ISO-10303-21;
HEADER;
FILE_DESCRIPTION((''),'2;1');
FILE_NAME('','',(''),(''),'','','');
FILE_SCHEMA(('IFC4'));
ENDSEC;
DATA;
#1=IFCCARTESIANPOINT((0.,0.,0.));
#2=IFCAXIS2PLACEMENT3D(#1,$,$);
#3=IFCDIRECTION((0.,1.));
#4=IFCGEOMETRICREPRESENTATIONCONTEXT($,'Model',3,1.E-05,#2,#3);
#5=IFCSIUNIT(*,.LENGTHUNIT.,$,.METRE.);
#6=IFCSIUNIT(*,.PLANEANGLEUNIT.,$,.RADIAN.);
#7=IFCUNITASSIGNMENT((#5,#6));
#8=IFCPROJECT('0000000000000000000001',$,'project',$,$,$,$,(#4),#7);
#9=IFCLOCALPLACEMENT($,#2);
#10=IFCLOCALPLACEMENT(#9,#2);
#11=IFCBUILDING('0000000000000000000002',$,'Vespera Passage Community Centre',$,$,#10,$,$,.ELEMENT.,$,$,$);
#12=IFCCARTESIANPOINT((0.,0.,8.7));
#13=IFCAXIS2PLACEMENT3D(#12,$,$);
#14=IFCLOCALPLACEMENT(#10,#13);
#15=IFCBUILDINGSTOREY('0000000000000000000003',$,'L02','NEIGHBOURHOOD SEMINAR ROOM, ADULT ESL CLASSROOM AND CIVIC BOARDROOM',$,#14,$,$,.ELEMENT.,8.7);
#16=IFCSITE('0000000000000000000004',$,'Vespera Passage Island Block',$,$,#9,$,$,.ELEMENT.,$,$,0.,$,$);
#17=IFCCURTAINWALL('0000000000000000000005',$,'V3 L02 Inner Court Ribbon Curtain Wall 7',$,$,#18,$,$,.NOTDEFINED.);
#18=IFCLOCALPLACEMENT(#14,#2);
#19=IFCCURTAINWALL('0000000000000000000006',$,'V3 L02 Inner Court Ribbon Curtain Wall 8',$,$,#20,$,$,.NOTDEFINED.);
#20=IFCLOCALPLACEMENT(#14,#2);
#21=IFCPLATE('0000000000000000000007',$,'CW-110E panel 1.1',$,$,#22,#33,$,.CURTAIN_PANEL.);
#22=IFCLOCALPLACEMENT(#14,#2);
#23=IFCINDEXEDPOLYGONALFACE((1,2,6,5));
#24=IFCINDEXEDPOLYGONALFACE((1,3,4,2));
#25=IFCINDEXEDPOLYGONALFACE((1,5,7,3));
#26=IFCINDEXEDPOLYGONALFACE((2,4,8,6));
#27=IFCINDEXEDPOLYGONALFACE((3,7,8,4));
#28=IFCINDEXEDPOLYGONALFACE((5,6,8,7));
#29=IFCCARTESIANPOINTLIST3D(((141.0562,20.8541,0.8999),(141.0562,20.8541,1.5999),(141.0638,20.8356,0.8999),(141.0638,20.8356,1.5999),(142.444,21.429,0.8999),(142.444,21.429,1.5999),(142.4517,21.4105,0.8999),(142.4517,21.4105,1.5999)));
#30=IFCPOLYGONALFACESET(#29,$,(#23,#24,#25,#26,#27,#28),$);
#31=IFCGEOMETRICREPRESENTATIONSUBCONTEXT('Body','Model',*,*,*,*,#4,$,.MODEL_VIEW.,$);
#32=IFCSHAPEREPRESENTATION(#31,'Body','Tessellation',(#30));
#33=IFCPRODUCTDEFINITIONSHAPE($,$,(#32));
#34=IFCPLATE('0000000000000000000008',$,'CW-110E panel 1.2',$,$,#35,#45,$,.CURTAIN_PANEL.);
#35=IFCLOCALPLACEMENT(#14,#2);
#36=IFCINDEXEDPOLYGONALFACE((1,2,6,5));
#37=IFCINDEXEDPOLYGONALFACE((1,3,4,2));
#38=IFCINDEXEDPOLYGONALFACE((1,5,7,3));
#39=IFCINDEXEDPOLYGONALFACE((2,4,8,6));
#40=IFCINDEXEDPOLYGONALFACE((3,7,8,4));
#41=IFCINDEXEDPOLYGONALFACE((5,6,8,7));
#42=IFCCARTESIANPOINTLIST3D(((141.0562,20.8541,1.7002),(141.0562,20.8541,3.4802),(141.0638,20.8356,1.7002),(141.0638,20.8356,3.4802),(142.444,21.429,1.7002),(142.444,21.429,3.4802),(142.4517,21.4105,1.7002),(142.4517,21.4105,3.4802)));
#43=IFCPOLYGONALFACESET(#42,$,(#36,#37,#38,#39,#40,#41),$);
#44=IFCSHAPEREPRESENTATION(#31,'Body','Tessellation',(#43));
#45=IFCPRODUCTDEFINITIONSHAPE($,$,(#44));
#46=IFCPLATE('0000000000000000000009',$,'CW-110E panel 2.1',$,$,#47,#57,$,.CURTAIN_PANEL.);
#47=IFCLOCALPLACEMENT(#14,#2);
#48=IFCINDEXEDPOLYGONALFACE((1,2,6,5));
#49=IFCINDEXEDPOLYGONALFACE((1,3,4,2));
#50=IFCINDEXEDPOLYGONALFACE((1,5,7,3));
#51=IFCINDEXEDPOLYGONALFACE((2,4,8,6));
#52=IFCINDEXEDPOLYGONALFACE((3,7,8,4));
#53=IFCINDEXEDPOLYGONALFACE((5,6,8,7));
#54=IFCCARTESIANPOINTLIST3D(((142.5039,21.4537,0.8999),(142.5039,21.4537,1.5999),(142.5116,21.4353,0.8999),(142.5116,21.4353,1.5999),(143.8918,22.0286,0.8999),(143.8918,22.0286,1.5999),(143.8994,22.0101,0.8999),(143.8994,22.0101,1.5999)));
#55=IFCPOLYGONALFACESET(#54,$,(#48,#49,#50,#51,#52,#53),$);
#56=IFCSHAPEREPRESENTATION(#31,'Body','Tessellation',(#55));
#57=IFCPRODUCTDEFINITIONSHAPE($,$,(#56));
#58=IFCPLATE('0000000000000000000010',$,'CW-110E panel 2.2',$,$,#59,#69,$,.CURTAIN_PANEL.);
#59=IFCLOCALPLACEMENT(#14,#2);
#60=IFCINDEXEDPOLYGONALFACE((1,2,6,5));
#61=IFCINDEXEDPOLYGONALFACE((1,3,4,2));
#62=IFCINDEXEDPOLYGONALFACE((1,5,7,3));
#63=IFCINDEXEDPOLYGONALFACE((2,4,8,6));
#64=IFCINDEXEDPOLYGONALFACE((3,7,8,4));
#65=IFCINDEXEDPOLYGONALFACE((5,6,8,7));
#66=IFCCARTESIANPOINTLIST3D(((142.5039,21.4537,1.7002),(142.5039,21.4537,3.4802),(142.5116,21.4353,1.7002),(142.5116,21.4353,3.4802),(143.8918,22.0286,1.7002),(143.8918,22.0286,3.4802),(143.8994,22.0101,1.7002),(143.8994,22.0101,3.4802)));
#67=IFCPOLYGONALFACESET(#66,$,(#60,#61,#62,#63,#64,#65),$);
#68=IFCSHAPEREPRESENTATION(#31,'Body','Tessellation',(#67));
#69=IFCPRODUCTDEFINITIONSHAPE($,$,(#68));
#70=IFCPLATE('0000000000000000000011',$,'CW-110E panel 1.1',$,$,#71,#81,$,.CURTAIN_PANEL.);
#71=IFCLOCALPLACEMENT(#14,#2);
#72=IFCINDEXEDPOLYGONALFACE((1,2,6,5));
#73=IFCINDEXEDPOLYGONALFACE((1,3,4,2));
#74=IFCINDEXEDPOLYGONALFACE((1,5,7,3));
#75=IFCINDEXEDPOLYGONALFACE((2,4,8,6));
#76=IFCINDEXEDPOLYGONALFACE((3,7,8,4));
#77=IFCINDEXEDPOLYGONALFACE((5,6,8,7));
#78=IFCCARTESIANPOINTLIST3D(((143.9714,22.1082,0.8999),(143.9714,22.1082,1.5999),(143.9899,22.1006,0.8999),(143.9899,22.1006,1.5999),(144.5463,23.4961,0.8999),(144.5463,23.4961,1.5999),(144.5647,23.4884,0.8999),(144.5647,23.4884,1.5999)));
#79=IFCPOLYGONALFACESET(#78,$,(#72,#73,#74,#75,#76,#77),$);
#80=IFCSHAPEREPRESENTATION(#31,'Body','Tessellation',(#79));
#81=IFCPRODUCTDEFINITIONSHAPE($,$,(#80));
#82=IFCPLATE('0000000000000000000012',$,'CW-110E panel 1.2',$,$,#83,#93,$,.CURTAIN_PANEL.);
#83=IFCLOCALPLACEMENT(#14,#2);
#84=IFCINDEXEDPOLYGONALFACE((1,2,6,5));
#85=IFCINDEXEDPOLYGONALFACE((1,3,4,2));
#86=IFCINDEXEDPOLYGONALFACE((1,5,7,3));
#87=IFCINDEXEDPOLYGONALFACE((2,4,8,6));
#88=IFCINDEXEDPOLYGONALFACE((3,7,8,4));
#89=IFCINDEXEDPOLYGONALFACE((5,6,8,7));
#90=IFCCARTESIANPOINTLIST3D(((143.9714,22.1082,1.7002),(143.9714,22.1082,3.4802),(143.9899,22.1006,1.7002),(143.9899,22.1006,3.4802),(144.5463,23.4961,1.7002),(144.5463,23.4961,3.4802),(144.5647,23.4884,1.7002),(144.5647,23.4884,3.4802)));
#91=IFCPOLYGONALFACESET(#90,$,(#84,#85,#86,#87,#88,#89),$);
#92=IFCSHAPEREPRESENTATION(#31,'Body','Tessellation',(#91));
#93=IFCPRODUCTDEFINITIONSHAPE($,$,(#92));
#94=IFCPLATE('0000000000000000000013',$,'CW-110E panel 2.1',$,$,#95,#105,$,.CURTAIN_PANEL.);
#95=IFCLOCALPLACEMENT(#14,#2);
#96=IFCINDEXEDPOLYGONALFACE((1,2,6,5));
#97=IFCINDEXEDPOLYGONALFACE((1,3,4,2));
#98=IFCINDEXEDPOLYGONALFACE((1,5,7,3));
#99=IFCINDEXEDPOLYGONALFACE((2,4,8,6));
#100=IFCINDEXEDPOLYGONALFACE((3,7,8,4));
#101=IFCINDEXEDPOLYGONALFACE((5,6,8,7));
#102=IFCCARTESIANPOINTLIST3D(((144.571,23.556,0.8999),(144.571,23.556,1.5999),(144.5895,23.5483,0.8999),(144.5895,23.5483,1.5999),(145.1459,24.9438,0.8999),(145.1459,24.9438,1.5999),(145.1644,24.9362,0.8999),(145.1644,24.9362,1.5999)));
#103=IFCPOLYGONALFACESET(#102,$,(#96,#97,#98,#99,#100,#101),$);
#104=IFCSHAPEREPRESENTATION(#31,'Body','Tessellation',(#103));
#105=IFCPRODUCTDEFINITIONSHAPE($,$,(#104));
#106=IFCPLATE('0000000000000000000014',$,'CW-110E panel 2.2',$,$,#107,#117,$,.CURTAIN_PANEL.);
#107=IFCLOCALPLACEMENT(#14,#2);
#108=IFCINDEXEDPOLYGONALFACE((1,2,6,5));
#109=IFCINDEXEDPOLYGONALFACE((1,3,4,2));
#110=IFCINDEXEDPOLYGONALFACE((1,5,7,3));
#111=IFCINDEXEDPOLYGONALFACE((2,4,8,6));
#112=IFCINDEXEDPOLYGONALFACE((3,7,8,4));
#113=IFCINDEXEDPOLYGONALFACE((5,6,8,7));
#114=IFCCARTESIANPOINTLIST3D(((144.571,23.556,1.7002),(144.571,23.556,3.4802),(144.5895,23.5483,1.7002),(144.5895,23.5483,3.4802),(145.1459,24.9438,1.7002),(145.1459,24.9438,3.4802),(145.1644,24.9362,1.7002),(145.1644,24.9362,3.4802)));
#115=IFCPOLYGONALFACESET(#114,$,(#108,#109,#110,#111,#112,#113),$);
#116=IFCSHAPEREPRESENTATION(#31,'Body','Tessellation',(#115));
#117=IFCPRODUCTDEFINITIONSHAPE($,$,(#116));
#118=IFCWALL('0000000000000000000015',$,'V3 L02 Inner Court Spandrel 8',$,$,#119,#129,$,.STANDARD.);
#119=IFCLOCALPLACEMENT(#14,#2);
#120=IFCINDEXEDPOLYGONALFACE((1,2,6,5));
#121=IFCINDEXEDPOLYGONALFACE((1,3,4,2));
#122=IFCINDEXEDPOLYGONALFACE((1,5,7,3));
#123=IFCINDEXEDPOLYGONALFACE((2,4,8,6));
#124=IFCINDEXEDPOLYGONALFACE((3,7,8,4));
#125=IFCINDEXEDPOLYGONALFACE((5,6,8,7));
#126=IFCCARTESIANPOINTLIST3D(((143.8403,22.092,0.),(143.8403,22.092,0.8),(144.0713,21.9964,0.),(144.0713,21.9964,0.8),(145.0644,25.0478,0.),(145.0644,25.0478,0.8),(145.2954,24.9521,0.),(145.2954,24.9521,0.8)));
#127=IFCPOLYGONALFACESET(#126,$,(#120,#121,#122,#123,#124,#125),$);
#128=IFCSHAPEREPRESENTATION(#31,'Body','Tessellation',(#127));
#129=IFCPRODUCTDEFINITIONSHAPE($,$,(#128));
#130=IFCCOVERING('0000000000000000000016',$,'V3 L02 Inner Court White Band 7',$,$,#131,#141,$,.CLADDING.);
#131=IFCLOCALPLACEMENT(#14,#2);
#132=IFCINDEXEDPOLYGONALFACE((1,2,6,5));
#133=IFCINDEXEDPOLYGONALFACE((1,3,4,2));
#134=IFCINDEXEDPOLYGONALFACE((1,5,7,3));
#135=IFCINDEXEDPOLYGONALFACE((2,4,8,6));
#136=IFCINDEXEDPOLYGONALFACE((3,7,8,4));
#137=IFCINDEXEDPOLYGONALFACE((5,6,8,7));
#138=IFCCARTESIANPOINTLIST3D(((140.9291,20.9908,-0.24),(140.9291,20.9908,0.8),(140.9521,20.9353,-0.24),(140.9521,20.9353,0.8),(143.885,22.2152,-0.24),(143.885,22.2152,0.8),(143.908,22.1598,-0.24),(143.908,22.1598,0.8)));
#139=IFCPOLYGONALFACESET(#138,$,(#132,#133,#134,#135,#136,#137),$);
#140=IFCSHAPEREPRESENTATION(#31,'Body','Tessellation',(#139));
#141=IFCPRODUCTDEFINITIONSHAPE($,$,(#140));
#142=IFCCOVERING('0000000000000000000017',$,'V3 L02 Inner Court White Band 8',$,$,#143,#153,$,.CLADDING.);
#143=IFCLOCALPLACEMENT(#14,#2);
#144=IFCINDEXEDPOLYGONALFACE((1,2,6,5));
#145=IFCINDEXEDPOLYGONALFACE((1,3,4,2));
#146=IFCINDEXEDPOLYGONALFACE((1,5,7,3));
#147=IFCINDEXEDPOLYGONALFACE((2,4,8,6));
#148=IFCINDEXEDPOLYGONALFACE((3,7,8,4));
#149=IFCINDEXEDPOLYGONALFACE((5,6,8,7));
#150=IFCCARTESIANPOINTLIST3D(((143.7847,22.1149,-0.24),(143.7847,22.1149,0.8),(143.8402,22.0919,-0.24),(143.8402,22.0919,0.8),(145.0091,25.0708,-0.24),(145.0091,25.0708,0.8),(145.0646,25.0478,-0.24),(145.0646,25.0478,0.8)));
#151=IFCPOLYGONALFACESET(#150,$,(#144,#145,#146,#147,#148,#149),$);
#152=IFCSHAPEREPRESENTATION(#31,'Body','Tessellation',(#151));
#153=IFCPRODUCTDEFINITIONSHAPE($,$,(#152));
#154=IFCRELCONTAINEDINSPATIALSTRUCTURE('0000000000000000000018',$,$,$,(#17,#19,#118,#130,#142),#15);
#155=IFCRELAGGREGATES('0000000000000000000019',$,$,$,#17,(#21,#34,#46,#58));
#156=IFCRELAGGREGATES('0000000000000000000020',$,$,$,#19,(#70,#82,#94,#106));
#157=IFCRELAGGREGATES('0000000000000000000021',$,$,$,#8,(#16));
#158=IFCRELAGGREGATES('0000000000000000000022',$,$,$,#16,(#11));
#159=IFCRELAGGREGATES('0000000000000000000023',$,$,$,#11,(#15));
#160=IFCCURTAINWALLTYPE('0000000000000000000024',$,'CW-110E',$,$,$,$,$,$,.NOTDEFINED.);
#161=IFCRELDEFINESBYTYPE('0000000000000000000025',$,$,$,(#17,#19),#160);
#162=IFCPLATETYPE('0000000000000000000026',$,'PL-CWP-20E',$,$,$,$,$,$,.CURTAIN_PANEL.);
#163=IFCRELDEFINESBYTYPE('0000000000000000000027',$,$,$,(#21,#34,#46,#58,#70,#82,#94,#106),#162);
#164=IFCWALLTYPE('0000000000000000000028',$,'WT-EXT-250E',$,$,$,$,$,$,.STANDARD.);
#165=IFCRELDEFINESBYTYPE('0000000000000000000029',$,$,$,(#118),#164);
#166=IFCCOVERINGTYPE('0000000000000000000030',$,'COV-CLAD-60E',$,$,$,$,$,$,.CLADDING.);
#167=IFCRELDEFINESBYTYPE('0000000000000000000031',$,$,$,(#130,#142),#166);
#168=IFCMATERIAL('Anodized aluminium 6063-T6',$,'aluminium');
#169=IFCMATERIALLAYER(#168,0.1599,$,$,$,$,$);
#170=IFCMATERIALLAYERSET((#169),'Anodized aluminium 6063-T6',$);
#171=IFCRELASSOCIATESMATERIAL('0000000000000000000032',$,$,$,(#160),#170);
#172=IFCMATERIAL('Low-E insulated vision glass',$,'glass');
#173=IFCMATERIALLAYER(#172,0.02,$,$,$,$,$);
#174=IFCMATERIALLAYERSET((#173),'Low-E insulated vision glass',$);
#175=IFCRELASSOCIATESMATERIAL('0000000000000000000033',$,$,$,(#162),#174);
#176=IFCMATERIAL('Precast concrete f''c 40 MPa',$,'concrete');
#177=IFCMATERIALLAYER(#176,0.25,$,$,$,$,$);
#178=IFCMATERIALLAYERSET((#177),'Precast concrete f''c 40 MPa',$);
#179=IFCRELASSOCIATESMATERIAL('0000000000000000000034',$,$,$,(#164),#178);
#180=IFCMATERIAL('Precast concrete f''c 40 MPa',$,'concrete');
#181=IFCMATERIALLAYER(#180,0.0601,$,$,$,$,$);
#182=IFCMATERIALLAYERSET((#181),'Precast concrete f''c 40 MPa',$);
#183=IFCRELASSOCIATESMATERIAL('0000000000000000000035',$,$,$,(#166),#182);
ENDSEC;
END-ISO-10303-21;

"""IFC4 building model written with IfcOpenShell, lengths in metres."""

from ifc_helpers import new_model, si_unit, direction, frame, frame_2d, origin, origin_2d, place, context, subcontext, project, spatial, rectangle, extrude, material, layer, layer_set, type_object, element, aggregate, save


model = new_model("IFC4")

# Units and contexts
model_context = context("Model", 3, precision=1e-05, world=origin(), true_north=direction((0.0, 1.0)))
body_context = subcontext(model_context, "Body", "Model", "MODEL_VIEW")
ifc_project = project(units=[si_unit("LENGTHUNIT", "METRE"), si_unit("PLANEANGLEUNIT", "RADIAN")], contexts=[model_context])

# Site, building, storey
site_placement = place(None, origin())
site = spatial("IfcSite", under=ifc_project, at=site_placement, Name="Vespera Passage Island Block", CompositionType="ELEMENT", RefElevation=0.0)
building_placement = place(site_placement, origin())
building = spatial("IfcBuilding", under=site, at=building_placement, Name="Vespera Passage Community Centre", CompositionType="ELEMENT")
storey_placement = place(building_placement, frame((0.0, 0.0, 8.7)))
storey = spatial("IfcBuildingStorey", under=building, at=storey_placement, Name="L02", Description="NEIGHBOURHOOD SEMINAR ROOM, ADULT ESL CLASSROOM AND CIVIC BOARDROOM", CompositionType="ELEMENT", Elevation=8.7)

# Shared definitions
ifc_material_1 = material(Name="Anodized aluminium 6063-T6", Category="aluminium")
ifc_layer_1 = layer(ifc_material_1, 0.1599)
ifc_layer_set_1 = layer_set([ifc_layer_1], Name="Anodized aluminium 6063-T6")
curtain_wall_type = type_object("IfcCurtainWallType", Name="CW-110E", PredefinedType="NOTDEFINED", material=ifc_layer_set_1)

# Curtain walls
curtain_wall_1_placement = place(storey_placement, origin())
curtain_wall_1 = element("IfcCurtainWall", 1, at=curtain_wall_1_placement, inside=storey, type_object=curtain_wall_type, Name="V3 L02 Inner Court Ribbon Curtain Wall 7", PredefinedType="NOTDEFINED")
curtain_wall_2_placement = place(storey_placement, origin())
curtain_wall_2 = element("IfcCurtainWall", 2, at=curtain_wall_2_placement, inside=storey, type_object=curtain_wall_type, Name="V3 L02 Inner Court Ribbon Curtain Wall 8", PredefinedType="NOTDEFINED")

# Plates
ifc_material_2 = material(Name="Low-E insulated vision glass", Category="glass")
ifc_layer_2 = layer(ifc_material_2, 0.02)
ifc_layer_set_2 = layer_set([ifc_layer_2], Name="Low-E insulated vision glass")
plate_type = type_object("IfcPlateType", Name="PL-CWP-20E", PredefinedType="CURTAIN_PANEL", material=ifc_layer_set_2)
plate_1_placement = place(storey_placement, frame((141.7539, 21.1323, 0.8999), z_axis=(0.0, 0.0, 1.0), x_axis=(0.923879, 0.382686, 0.0)))
plate_1 = element("IfcPlate", 3, at=plate_1_placement, type_object=plate_type, Name="CW-110E panel 1.1", PredefinedType="CURTAIN_PANEL", context=body_context, shape_type="SweptSolid", body=[
    extrude(rectangle(XDim=1.5022, YDim=0.02, at=origin_2d()), origin(), (0.0, 0.0, 1.0), 0.7),
])
plate_2_placement = place(storey_placement, frame((141.7539, 21.1323, 1.7002), z_axis=(0.0, 0.0, 1.0), x_axis=(0.923879, 0.382686, 0.0)))
plate_2 = element("IfcPlate", 4, at=plate_2_placement, type_object=plate_type, Name="CW-110E panel 1.2", PredefinedType="CURTAIN_PANEL", context=body_context, shape_type="SweptSolid", body=[
    extrude(rectangle(XDim=1.5022, YDim=0.02, at=origin_2d()), origin(), (0.0, 0.0, 1.0), 1.78),
])
plate_3_placement = place(storey_placement, frame((143.2017, 21.7319, 0.8999), z_axis=(0.0, 0.0, 1.0), x_axis=(0.923879, 0.382686, 0.0)))
plate_3 = element("IfcPlate", 5, at=plate_3_placement, type_object=plate_type, Name="CW-110E panel 2.1", PredefinedType="CURTAIN_PANEL", context=body_context, shape_type="SweptSolid", body=[
    extrude(rectangle(XDim=1.5022, YDim=0.02, at=origin_2d()), origin(), (0.0, 0.0, 1.0), 0.7),
])
plate_4_placement = place(storey_placement, frame((143.2017, 21.7319, 1.7002), z_axis=(0.0, 0.0, 1.0), x_axis=(0.923879, 0.382686, 0.0)))
plate_4 = element("IfcPlate", 6, at=plate_4_placement, type_object=plate_type, Name="CW-110E panel 2.2", PredefinedType="CURTAIN_PANEL", context=body_context, shape_type="SweptSolid", body=[
    extrude(rectangle(XDim=1.5022, YDim=0.02, at=origin_2d()), origin(), (0.0, 0.0, 1.0), 1.78),
])
aggregate(curtain_wall_1, [plate_1, plate_2, plate_3, plate_4])
plate_5_placement = place(storey_placement, frame((144.2681, 22.7983, 0.8999), z_axis=(0.0, 0.0, 1.0), x_axis=(0.382686, 0.923879, 0.0)))
plate_5 = element("IfcPlate", 7, at=plate_5_placement, type_object=plate_type, Name="CW-110E panel 1.1", PredefinedType="CURTAIN_PANEL", context=body_context, shape_type="SweptSolid", body=[
    extrude(rectangle(XDim=1.5022, YDim=0.02, at=origin_2d()), origin(), (0.0, 0.0, 1.0), 0.7),
])
plate_6_placement = place(storey_placement, frame((144.2681, 22.7983, 1.7002), z_axis=(0.0, 0.0, 1.0), x_axis=(0.382686, 0.923879, 0.0)))
plate_6 = element("IfcPlate", 8, at=plate_6_placement, type_object=plate_type, Name="CW-110E panel 1.2", PredefinedType="CURTAIN_PANEL", context=body_context, shape_type="SweptSolid", body=[
    extrude(rectangle(XDim=1.5022, YDim=0.02, at=origin_2d()), origin(), (0.0, 0.0, 1.0), 1.78),
])
plate_7_placement = place(storey_placement, frame((144.8677, 24.2461, 0.8999), z_axis=(0.0, 0.0, 1.0), x_axis=(0.382686, 0.923879, 0.0)))
plate_7 = element("IfcPlate", 9, at=plate_7_placement, type_object=plate_type, Name="CW-110E panel 2.1", PredefinedType="CURTAIN_PANEL", context=body_context, shape_type="SweptSolid", body=[
    extrude(rectangle(XDim=1.5022, YDim=0.02, at=origin_2d()), origin(), (0.0, 0.0, 1.0), 0.7),
])
plate_8_placement = place(storey_placement, frame((144.8677, 24.2461, 1.7002), z_axis=(0.0, 0.0, 1.0), x_axis=(0.382686, 0.923879, 0.0)))
plate_8 = element("IfcPlate", 10, at=plate_8_placement, type_object=plate_type, Name="CW-110E panel 2.2", PredefinedType="CURTAIN_PANEL", context=body_context, shape_type="SweptSolid", body=[
    extrude(rectangle(XDim=1.5022, YDim=0.02, at=origin_2d()), origin(), (0.0, 0.0, 1.0), 1.78),
])
aggregate(curtain_wall_2, [plate_5, plate_6, plate_7, plate_8])

# Wall
ifc_material_3 = material(Name="Precast concrete f'c 40 MPa", Category="concrete")
ifc_layer_3 = layer(ifc_material_3, 0.25)
ifc_layer_set_3 = layer_set([ifc_layer_3], Name="Precast concrete f'c 40 MPa")
wall_type = type_object("IfcWallType", Name="WT-EXT-250E", PredefinedType="STANDARD", material=ifc_layer_set_3)
wall_placement = place(storey_placement, frame((143.9558, 22.0442, 0.0), z_axis=(0.0, 0.0, 1.0), x_axis=(0.382626, 0.923903, 0.0)))
element("IfcWall", 11, at=wall_placement, inside=storey, type_object=wall_type, Name="V3 L02 Inner Court Spandrel 8", PredefinedType="STANDARD", context=body_context, shape_type="SweptSolid", body=[
    extrude(rectangle(XDim=3.1992, YDim=0.25, at=frame_2d((1.5996, 0.0))), origin(), (0.0, 0.0, 1.0), 0.8),
])

# Coverings
ifc_material_4 = material(Name="Precast concrete f'c 40 MPa", Category="concrete")
ifc_layer_4 = layer(ifc_material_4, 0.0601)
ifc_layer_set_4 = layer_set([ifc_layer_4], Name="Precast concrete f'c 40 MPa")
covering_type = type_object("IfcCoveringType", Name="COV-CLAD-60E", PredefinedType="CLADDING", material=ifc_layer_set_4)
for number, where, z_axis, x_axis, name in (
    (12, (140.9407, 20.9631, -0.24), (0.0, 0.0, 1.0), (0.923876, 0.382691, 0.0), "V3 L02 Inner Court White Band 7"),
    (13, (143.8125, 22.1035, -0.24), (0.0, 0.0, 1.0), (0.382691, 0.923876, 0.0), "V3 L02 Inner Court White Band 8"),
):
    element("IfcCovering", number, at=place(storey_placement, frame(where, z_axis=z_axis, x_axis=x_axis)), inside=storey, type_object=covering_type, Name=name, PredefinedType="CLADDING", context=body_context, shape_type="SweptSolid", body=[
        extrude(rectangle(XDim=3.1995, YDim=0.0601, at=frame_2d((1.5996, 0.0))), origin(), (0.0, 0.0, 1.0), 1.04),
    ])

save(model, "model.ifc")
